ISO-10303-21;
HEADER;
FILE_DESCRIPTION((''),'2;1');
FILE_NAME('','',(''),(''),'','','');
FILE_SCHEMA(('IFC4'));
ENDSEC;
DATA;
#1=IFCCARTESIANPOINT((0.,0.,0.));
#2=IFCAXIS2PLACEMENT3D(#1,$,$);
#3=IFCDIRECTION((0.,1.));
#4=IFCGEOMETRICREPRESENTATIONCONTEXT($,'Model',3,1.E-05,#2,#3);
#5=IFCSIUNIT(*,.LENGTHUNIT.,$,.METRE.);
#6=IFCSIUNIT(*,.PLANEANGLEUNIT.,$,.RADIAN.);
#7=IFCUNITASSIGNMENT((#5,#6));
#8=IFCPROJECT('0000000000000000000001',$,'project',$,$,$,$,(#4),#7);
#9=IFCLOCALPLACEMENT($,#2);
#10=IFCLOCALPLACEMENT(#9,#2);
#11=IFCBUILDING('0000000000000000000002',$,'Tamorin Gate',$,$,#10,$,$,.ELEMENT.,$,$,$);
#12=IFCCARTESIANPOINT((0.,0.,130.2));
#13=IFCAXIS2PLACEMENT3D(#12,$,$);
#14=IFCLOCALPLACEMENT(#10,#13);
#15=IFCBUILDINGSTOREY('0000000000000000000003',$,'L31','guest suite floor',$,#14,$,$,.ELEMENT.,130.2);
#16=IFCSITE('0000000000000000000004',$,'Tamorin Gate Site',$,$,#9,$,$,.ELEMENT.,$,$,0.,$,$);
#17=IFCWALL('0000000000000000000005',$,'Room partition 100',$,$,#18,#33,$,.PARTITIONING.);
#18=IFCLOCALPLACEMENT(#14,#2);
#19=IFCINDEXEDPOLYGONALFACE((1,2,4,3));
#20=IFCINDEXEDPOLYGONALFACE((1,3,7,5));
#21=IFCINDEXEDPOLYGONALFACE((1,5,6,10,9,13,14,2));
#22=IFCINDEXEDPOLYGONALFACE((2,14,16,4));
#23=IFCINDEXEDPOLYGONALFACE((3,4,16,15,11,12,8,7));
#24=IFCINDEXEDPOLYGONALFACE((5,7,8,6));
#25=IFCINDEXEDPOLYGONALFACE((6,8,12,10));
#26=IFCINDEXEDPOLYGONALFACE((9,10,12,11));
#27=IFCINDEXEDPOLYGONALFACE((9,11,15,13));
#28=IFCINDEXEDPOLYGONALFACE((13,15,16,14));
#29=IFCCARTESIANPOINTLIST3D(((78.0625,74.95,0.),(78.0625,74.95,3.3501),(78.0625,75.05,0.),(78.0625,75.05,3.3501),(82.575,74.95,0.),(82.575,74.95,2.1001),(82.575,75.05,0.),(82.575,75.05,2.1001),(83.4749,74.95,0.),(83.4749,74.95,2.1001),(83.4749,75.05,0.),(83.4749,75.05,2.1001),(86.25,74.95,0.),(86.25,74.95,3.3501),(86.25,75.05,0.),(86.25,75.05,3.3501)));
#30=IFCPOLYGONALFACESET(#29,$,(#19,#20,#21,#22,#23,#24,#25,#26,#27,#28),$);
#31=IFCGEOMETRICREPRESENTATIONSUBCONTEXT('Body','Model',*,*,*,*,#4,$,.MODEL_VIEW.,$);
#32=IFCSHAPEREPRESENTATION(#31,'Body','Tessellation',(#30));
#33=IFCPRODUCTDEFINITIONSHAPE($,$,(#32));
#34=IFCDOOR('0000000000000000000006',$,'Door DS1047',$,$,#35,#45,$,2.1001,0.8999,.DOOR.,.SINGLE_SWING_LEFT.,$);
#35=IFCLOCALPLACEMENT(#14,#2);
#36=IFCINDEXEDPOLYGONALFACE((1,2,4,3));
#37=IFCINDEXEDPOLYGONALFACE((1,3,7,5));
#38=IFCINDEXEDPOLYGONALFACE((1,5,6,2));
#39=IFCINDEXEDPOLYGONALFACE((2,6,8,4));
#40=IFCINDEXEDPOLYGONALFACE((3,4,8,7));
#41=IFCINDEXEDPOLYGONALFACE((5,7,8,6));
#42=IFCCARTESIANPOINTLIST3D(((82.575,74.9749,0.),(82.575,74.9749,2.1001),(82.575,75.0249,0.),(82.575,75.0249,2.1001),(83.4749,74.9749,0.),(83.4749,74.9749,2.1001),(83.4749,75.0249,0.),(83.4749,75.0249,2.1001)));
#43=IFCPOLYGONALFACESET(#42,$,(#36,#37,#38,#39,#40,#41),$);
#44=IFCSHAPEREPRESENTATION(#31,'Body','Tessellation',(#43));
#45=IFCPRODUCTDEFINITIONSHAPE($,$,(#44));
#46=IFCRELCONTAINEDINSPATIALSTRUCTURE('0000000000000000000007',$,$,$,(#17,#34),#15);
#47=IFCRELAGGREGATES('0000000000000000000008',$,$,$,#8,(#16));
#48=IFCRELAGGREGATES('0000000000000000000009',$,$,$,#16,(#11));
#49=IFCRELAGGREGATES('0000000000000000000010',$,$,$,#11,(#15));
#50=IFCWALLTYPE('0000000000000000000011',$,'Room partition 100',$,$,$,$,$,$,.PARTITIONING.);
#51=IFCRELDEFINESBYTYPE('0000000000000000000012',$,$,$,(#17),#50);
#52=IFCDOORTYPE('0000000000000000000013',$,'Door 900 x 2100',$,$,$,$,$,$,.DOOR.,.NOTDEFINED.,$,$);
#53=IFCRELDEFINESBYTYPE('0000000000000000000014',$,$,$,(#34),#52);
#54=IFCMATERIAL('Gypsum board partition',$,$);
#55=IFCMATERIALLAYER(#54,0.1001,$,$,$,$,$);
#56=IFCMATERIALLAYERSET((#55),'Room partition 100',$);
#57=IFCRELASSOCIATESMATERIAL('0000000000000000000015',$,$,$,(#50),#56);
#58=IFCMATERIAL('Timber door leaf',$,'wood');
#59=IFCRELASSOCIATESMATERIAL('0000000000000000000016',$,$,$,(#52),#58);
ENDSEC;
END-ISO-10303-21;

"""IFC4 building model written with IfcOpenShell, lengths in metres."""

from ifc_helpers import new_model, si_unit, direction, frame, frame_2d, origin, place, context, subcontext, project, spatial, rectangle, extrude, material, layer, layer_set, type_object, element, fill, save


model = new_model("IFC4")

# Units and contexts
model_context = context("Model", 3, precision=1e-05, world=origin(), true_north=direction((0.0, 1.0)))
body_context = subcontext(model_context, "Body", "Model", "MODEL_VIEW")
ifc_project = project(units=[si_unit("LENGTHUNIT", "METRE"), si_unit("PLANEANGLEUNIT", "RADIAN")], contexts=[model_context])

# Site, building, storey
site_placement = place(None, origin())
site = spatial("IfcSite", under=ifc_project, at=site_placement, Name="Tamorin Gate Site", CompositionType="ELEMENT", RefElevation=0.0)
building_placement = place(site_placement, origin())
building = spatial("IfcBuilding", under=site, at=building_placement, Name="Tamorin Gate", CompositionType="ELEMENT")
storey_placement = place(building_placement, frame((0.0, 0.0, 130.2)))
storey = spatial("IfcBuildingStorey", under=building, at=storey_placement, Name="L31", Description="guest suite floor", CompositionType="ELEMENT", Elevation=130.2)

# Shared definitions
ifc_material_1 = material(Name="Gypsum board partition")

# Wall, opening, door
ifc_layer_1 = layer(ifc_material_1, 0.1001)
ifc_layer_set_1 = layer_set([ifc_layer_1], Name="Room partition 100")
wall_type_1 = type_object("IfcWallType", Name="Room partition 100", PredefinedType="PARTITIONING", material=ifc_layer_set_1)
wall_1_placement = place(storey_placement, frame((78.0625, 75.0, 0.0), z_axis=(0.0, 0.0, 1.0), x_axis=(1.0, 0.0, 0.0)))
wall_1 = element("IfcWall", 1, at=wall_1_placement, inside=storey, type_object=wall_type_1, Name="Room partition 100", PredefinedType="PARTITIONING", context=body_context, shape_type="SweptSolid", body=[
    extrude(rectangle(XDim=8.1875, YDim=0.1001, at=frame_2d((4.0938, 0.0))), origin(), (0.0, 0.0, 1.0), 3.3501),
])
opening_1_placement = place(wall_1_placement, frame((4.5125, 0.0, 0.0)))
opening_1 = element("IfcOpeningElement", 2, at=opening_1_placement, cuts=wall_1, PredefinedType="OPENING", context=body_context, shape_type="SweptSolid", body=[
    extrude(rectangle(XDim=0.8999, YDim=2.1001, at=frame_2d((0.45, 1.05))), frame((0.0, 0.0601, 0.0), z_axis=(0.0, -1.0, 0.0), x_axis=(1.0, 0.0, 0.0)), (0.0, 0.0, 1.0), 0.1201),
])
ifc_material_2 = material(Name="Timber door leaf", Category="wood")
door_type = type_object("IfcDoorType", Name="Door 900 x 2100", OperationType="NOTDEFINED", PredefinedType="DOOR", material=ifc_material_2)
door_placement = place(opening_1_placement, origin())
door = element("IfcDoor", 3, at=door_placement, inside=storey, type_object=door_type, Name="Door DS1047", OperationType="SINGLE_SWING_LEFT", OverallHeight=2.1001, OverallWidth=0.8999, PredefinedType="DOOR", context=body_context, shape_type="SweptSolid", body=[
    extrude(rectangle(XDim=0.8999, YDim=2.1001, at=frame_2d((0.45, 1.05))), frame((0.0, 0.0249, 0.0), z_axis=(0.0, -1.0, 0.0), x_axis=(1.0, 0.0, 0.0)), (0.0, 0.0, 1.0), 0.05),
])
fill(opening_1, door)

save(model, "model.ifc")
